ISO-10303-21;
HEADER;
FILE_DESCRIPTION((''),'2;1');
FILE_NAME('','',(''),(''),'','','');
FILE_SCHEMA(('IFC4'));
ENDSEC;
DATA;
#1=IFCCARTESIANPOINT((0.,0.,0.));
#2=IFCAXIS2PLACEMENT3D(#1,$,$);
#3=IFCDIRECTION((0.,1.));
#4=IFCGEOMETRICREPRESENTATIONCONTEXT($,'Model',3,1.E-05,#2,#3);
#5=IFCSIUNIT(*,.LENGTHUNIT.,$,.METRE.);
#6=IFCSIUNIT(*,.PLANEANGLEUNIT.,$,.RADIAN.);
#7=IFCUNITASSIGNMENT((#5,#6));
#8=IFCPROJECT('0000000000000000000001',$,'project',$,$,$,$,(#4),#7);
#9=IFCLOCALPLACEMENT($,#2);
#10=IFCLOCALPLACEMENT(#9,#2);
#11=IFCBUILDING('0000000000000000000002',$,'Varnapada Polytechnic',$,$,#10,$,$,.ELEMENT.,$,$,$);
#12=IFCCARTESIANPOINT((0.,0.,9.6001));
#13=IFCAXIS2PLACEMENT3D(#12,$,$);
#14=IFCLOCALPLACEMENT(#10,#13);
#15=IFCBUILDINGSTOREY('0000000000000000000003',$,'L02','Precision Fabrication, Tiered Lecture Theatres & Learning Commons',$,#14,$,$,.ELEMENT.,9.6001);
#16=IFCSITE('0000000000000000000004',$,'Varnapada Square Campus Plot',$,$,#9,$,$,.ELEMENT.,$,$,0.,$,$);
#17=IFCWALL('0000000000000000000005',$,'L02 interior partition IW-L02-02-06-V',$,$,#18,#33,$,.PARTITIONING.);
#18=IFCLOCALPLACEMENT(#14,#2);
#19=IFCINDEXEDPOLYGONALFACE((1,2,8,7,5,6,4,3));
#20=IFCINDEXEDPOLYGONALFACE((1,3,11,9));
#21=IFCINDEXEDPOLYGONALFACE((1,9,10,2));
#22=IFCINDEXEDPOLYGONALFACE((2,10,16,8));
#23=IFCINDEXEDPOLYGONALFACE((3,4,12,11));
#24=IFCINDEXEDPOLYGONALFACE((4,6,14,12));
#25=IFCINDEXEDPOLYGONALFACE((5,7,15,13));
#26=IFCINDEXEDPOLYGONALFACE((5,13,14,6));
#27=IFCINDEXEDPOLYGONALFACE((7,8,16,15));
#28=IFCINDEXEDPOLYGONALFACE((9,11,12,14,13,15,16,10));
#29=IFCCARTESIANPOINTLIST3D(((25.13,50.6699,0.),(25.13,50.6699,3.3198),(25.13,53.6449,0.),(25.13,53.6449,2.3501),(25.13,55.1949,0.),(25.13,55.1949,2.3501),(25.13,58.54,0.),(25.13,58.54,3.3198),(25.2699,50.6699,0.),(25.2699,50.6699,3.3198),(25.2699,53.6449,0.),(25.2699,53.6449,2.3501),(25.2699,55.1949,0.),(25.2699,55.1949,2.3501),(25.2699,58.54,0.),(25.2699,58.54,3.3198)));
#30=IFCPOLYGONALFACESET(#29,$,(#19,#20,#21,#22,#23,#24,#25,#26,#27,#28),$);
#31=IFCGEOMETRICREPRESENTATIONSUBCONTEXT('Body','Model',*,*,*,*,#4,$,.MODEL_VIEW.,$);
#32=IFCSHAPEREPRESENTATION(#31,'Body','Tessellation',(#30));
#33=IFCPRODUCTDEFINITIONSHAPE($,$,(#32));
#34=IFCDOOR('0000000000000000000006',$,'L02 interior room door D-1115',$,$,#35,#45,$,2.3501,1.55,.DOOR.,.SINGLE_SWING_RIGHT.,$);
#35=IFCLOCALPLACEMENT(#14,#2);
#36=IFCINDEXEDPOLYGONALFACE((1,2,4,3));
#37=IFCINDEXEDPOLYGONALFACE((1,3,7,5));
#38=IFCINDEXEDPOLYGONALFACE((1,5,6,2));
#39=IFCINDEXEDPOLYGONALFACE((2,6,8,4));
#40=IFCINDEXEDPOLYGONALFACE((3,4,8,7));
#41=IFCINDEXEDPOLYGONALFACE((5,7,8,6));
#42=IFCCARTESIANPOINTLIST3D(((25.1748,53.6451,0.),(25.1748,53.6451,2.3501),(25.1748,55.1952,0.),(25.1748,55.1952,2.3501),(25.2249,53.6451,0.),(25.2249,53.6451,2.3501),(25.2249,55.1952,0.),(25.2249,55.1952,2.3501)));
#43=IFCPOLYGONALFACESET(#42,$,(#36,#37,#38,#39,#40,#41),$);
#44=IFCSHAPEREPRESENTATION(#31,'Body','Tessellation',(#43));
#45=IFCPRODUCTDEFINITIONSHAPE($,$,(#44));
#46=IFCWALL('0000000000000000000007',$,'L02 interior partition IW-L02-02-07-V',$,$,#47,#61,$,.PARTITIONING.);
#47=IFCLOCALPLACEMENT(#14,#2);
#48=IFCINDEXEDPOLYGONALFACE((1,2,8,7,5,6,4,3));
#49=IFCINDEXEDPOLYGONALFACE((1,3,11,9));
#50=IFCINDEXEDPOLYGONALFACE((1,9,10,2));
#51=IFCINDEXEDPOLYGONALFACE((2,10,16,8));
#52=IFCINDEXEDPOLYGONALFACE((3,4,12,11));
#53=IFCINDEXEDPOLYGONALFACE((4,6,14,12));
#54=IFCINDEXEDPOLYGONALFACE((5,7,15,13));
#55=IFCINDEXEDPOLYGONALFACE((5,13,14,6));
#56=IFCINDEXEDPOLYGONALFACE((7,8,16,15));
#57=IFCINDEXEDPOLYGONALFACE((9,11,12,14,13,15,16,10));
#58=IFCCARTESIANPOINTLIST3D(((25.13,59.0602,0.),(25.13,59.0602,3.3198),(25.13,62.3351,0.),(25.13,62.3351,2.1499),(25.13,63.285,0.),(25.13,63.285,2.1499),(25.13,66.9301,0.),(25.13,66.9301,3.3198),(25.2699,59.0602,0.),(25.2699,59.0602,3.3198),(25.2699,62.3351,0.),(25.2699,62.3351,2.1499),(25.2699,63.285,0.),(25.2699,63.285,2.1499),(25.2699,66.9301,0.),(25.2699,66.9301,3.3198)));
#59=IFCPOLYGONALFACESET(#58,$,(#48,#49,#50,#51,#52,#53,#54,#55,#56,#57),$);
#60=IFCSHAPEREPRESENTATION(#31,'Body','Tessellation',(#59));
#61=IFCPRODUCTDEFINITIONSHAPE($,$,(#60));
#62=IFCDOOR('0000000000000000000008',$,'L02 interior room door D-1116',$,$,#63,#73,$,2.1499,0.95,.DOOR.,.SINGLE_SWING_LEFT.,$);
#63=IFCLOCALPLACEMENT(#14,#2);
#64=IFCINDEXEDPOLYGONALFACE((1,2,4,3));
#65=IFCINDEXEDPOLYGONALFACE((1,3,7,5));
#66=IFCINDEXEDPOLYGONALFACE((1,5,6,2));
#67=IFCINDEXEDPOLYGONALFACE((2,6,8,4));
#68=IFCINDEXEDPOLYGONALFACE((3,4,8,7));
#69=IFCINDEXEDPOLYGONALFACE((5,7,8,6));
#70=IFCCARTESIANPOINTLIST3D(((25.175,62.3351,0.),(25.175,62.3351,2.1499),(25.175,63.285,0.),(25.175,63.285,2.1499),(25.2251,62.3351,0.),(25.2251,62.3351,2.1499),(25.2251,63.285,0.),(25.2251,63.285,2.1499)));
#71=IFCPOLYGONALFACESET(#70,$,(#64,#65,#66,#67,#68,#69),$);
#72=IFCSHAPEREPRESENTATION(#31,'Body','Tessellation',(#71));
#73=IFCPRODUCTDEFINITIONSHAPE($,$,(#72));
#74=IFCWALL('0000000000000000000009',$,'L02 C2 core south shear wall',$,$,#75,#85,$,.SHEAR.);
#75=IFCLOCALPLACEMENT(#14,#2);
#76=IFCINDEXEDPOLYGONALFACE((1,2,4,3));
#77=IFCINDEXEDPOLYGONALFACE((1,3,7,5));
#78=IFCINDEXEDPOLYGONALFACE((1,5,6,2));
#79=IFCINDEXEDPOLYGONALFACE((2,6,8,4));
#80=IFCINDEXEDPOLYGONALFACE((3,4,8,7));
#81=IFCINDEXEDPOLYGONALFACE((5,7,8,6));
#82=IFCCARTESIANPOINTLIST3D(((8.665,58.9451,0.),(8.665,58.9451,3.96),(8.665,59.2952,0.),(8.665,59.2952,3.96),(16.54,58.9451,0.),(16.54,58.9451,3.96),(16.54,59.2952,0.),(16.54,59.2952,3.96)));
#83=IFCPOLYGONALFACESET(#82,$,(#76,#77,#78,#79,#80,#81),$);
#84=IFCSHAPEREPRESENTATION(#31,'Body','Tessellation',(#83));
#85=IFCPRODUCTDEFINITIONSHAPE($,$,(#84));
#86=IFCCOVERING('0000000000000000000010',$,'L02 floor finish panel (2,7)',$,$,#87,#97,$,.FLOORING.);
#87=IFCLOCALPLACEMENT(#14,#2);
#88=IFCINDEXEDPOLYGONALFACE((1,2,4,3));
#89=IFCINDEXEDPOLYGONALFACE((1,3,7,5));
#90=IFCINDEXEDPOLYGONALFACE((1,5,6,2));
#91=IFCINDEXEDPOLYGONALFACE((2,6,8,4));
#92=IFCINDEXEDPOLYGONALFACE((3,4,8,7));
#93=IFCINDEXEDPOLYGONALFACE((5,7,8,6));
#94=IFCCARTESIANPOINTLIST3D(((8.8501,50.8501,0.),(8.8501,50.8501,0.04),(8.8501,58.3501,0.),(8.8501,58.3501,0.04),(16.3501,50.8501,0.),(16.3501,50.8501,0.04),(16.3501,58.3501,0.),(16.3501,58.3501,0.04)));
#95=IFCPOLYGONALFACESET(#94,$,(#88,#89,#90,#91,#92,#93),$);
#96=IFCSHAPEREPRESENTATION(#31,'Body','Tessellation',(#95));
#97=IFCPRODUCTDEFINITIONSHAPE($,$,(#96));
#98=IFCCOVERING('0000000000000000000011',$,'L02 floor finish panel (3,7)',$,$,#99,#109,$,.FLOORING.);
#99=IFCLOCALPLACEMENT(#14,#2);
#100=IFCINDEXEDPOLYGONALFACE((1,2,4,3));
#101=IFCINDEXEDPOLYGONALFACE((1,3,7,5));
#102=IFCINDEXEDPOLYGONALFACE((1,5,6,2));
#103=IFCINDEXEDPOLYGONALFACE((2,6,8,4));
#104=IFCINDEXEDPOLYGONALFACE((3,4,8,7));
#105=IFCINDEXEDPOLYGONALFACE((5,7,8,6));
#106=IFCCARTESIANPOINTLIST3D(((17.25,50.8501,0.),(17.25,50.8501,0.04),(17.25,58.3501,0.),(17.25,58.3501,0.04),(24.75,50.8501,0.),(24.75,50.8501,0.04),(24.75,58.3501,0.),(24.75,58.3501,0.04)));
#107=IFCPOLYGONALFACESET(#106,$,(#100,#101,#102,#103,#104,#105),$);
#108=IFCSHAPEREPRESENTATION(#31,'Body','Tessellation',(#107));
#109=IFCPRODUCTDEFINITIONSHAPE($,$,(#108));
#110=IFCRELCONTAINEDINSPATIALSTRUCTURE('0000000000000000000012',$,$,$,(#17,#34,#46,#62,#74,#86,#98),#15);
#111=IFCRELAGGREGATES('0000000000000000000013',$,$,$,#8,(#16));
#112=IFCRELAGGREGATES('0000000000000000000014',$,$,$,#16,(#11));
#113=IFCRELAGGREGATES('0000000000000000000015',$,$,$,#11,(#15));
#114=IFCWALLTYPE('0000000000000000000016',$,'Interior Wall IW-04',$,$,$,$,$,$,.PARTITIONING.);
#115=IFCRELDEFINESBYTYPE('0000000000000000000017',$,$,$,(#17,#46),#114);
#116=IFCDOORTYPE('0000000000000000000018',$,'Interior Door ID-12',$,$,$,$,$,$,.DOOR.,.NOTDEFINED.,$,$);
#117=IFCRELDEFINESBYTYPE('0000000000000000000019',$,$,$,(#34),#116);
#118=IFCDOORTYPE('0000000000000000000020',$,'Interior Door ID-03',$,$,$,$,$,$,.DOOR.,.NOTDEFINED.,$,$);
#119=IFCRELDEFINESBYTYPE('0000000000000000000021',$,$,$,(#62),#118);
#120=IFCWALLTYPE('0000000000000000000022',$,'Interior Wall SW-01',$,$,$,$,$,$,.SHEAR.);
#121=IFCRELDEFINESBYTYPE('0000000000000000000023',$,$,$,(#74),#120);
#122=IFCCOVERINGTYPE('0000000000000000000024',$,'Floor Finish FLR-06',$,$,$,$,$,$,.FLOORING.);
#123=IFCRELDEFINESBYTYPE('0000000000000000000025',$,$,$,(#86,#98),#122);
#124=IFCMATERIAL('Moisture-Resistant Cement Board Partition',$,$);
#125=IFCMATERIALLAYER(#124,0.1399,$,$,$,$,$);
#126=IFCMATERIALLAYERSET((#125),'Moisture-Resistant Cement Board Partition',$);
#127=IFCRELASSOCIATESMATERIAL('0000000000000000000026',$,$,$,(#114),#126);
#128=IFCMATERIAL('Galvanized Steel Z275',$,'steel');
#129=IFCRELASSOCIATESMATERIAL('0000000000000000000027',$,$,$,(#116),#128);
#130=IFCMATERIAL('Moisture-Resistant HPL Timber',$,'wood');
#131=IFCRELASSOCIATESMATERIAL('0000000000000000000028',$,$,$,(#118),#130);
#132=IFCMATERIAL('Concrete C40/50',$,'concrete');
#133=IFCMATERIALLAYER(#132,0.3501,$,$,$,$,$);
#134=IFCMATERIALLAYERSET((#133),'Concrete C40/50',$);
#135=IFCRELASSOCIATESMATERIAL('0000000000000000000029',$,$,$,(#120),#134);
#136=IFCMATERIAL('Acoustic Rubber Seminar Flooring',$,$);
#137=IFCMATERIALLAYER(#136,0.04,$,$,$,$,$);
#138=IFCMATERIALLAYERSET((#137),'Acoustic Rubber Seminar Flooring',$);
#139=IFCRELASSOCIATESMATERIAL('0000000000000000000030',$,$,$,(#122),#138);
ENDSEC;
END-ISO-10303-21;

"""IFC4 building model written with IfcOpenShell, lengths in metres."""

from ifc_helpers import new_model, si_unit, direction, frame, frame_2d, origin, origin_2d, place, context, subcontext, project, spatial, rectangle, extrude, material, layer, layer_set, type_object, element, fill, save


model = new_model("IFC4")

# Units and contexts
model_context = context("Model", 3, precision=1e-05, world=origin(), true_north=direction((0.0, 1.0)))
body_context = subcontext(model_context, "Body", "Model", "MODEL_VIEW")
ifc_project = project(units=[si_unit("LENGTHUNIT", "METRE"), si_unit("PLANEANGLEUNIT", "RADIAN")], contexts=[model_context])

# Site, building, storey
site_placement = place(None, origin())
site = spatial("IfcSite", under=ifc_project, at=site_placement, Name="Varnapada Square Campus Plot", CompositionType="ELEMENT", RefElevation=0.0)
building_placement = place(site_placement, origin())
building = spatial("IfcBuilding", under=site, at=building_placement, Name="Varnapada Polytechnic", CompositionType="ELEMENT")
storey_placement = place(building_placement, frame((0.0, 0.0, 9.6001)))
storey = spatial("IfcBuildingStorey", under=building, at=storey_placement, Name="L02", Description="Precision Fabrication, Tiered Lecture Theatres & Learning Commons", CompositionType="ELEMENT", Elevation=9.6001)

# Walls, openings, doors
ifc_material_1 = material(Name="Moisture-Resistant Cement Board Partition")
ifc_layer_1 = layer(ifc_material_1, 0.1399)
ifc_layer_set_1 = layer_set([ifc_layer_1], Name="Moisture-Resistant Cement Board Partition")
wall_type_1 = type_object("IfcWallType", Name="Interior Wall IW-04", PredefinedType="PARTITIONING", material=ifc_layer_set_1)
wall_1_placement = place(storey_placement, frame((25.2, 50.6699, 0.0), z_axis=(0.0, 0.0, 1.0), x_axis=(0.0, 1.0, 0.0)))
wall_1 = element("IfcWall", 1, at=wall_1_placement, inside=storey, type_object=wall_type_1, Name="L02 interior partition IW-L02-02-06-V", PredefinedType="PARTITIONING", context=body_context, shape_type="SweptSolid", body=[
    extrude(rectangle(XDim=7.8701, YDim=0.1399, at=frame_2d((3.9351, 0.0))), origin(), (0.0, 0.0, 1.0), 3.3198),
])
opening_1_placement = place(wall_1_placement, frame((2.9751, 0.0, 0.0)))
opening_1 = element("IfcOpeningElement", 2, at=opening_1_placement, cuts=wall_1, PredefinedType="OPENING", context=body_context, shape_type="SweptSolid", body=[
    extrude(rectangle(XDim=1.55, YDim=2.3501, at=frame_2d((0.7749, 1.175))), frame((0.0, 0.0798, 0.0), z_axis=(0.0, -1.0, 0.0), x_axis=(1.0, 0.0, 0.0)), (0.0, 0.0, 1.0), 0.1599),
])
ifc_material_2 = material(Name="Galvanized Steel Z275", Category="steel")
door_type_1 = type_object("IfcDoorType", Name="Interior Door ID-12", OperationType="NOTDEFINED", PredefinedType="DOOR", material=ifc_material_2)
door_1_placement = place(opening_1_placement, frame((1.55, 0.0, 0.0), z_axis=(0.0, 0.0, 1.0), x_axis=(-1.0, 0.0, 0.0)))
door_1 = element("IfcDoor", 3, at=door_1_placement, inside=storey, type_object=door_type_1, Name="L02 interior room door D-1115", OperationType="SINGLE_SWING_RIGHT", OverallHeight=2.3501, OverallWidth=1.55, PredefinedType="DOOR", context=body_context, shape_type="SweptSolid", body=[
    extrude(rectangle(XDim=1.55, YDim=2.3501, at=frame_2d((0.7749, 1.175))), frame((0.0, 0.0249, 0.0), z_axis=(0.0, -1.0, 0.0), x_axis=(1.0, 0.0, 0.0)), (0.0, 0.0, 1.0), 0.05),
])
fill(opening_1, door_1)
wall_2_placement = place(storey_placement, frame((25.2, 59.0601, 0.0), z_axis=(0.0, 0.0, 1.0), x_axis=(0.0, 1.0, 0.0)))
wall_2 = element("IfcWall", 4, at=wall_2_placement, inside=storey, type_object=wall_type_1, Name="L02 interior partition IW-L02-02-07-V", PredefinedType="PARTITIONING", context=body_context, shape_type="SweptSolid", body=[
    extrude(rectangle(XDim=7.8699, YDim=0.1399, at=frame_2d((3.9351, 0.0))), origin(), (0.0, 0.0, 1.0), 3.3198),
])
opening_2_placement = place(wall_2_placement, frame((3.2749, 0.0, 0.0)))
opening_2 = element("IfcOpeningElement", 5, at=opening_2_placement, cuts=wall_2, PredefinedType="OPENING", context=body_context, shape_type="SweptSolid", body=[
    extrude(rectangle(XDim=0.95, YDim=2.1499, at=frame_2d((0.4751, 1.075))), frame((0.0, 0.0798, 0.0), z_axis=(0.0, -1.0, 0.0), x_axis=(1.0, 0.0, 0.0)), (0.0, 0.0, 1.0), 0.1599),
])
ifc_material_3 = material(Name="Moisture-Resistant HPL Timber", Category="wood")
door_type_2 = type_object("IfcDoorType", Name="Interior Door ID-03", OperationType="NOTDEFINED", PredefinedType="DOOR", material=ifc_material_3)
door_2_placement = place(opening_2_placement, origin())
door_2 = element("IfcDoor", 6, at=door_2_placement, inside=storey, type_object=door_type_2, Name="L02 interior room door D-1116", OperationType="SINGLE_SWING_LEFT", OverallHeight=2.1499, OverallWidth=0.95, PredefinedType="DOOR", context=body_context, shape_type="SweptSolid", body=[
    extrude(rectangle(XDim=0.95, YDim=2.1499, at=frame_2d((0.4751, 1.075))), frame((0.0, 0.0249, 0.0), z_axis=(0.0, -1.0, 0.0), x_axis=(1.0, 0.0, 0.0)), (0.0, 0.0, 1.0), 0.05),
])
fill(opening_2, door_2)

# Wall
ifc_material_4 = material(Name="Concrete C40/50", Category="concrete")
ifc_layer_2 = layer(ifc_material_4, 0.3501)
ifc_layer_set_2 = layer_set([ifc_layer_2], Name="Concrete C40/50")
wall_type_2 = type_object("IfcWallType", Name="Interior Wall SW-01", PredefinedType="SHEAR", material=ifc_layer_set_2)
wall_3_placement = place(storey_placement, frame((16.54, 59.1201, 0.0), z_axis=(0.0, 0.0, 1.0), x_axis=(-1.0, 0.0, 0.0)))
element("IfcWall", 7, at=wall_3_placement, inside=storey, type_object=wall_type_2, Name="L02 C2 core south shear wall", PredefinedType="SHEAR", context=body_context, shape_type="SweptSolid", body=[
    extrude(rectangle(XDim=7.875, YDim=0.3501, at=frame_2d((3.9375, 0.0))), origin(), (0.0, 0.0, 1.0), 3.96),
])

# Coverings
ifc_material_5 = material(Name="Acoustic Rubber Seminar Flooring")
ifc_layer_3 = layer(ifc_material_5, 0.04)
ifc_layer_set_3 = layer_set([ifc_layer_3], Name="Acoustic Rubber Seminar Flooring")
covering_type = type_object("IfcCoveringType", Name="Floor Finish FLR-06", PredefinedType="FLOORING", material=ifc_layer_set_3)
for number, where, z_axis, x_axis, name in (
    (8, (12.6001, 54.6001, 0.0), (0.0, 0.0, 1.0), (1.0, 0.0, 0.0), "L02 floor finish panel (2,7)"),
    (9, (21.0, 54.6001, 0.0), (0.0, 0.0, 1.0), (1.0, 0.0, 0.0), "L02 floor finish panel (3,7)"),
):
    element("IfcCovering", number, at=place(storey_placement, frame(where, z_axis=z_axis, x_axis=x_axis)), inside=storey, type_object=covering_type, Name=name, PredefinedType="FLOORING", context=body_context, shape_type="SweptSolid", body=[
        extrude(rectangle(XDim=7.5, YDim=7.5, at=origin_2d()), origin(), (0.0, 0.0, 1.0), 0.04),
    ])

save(model, "model.ifc")
